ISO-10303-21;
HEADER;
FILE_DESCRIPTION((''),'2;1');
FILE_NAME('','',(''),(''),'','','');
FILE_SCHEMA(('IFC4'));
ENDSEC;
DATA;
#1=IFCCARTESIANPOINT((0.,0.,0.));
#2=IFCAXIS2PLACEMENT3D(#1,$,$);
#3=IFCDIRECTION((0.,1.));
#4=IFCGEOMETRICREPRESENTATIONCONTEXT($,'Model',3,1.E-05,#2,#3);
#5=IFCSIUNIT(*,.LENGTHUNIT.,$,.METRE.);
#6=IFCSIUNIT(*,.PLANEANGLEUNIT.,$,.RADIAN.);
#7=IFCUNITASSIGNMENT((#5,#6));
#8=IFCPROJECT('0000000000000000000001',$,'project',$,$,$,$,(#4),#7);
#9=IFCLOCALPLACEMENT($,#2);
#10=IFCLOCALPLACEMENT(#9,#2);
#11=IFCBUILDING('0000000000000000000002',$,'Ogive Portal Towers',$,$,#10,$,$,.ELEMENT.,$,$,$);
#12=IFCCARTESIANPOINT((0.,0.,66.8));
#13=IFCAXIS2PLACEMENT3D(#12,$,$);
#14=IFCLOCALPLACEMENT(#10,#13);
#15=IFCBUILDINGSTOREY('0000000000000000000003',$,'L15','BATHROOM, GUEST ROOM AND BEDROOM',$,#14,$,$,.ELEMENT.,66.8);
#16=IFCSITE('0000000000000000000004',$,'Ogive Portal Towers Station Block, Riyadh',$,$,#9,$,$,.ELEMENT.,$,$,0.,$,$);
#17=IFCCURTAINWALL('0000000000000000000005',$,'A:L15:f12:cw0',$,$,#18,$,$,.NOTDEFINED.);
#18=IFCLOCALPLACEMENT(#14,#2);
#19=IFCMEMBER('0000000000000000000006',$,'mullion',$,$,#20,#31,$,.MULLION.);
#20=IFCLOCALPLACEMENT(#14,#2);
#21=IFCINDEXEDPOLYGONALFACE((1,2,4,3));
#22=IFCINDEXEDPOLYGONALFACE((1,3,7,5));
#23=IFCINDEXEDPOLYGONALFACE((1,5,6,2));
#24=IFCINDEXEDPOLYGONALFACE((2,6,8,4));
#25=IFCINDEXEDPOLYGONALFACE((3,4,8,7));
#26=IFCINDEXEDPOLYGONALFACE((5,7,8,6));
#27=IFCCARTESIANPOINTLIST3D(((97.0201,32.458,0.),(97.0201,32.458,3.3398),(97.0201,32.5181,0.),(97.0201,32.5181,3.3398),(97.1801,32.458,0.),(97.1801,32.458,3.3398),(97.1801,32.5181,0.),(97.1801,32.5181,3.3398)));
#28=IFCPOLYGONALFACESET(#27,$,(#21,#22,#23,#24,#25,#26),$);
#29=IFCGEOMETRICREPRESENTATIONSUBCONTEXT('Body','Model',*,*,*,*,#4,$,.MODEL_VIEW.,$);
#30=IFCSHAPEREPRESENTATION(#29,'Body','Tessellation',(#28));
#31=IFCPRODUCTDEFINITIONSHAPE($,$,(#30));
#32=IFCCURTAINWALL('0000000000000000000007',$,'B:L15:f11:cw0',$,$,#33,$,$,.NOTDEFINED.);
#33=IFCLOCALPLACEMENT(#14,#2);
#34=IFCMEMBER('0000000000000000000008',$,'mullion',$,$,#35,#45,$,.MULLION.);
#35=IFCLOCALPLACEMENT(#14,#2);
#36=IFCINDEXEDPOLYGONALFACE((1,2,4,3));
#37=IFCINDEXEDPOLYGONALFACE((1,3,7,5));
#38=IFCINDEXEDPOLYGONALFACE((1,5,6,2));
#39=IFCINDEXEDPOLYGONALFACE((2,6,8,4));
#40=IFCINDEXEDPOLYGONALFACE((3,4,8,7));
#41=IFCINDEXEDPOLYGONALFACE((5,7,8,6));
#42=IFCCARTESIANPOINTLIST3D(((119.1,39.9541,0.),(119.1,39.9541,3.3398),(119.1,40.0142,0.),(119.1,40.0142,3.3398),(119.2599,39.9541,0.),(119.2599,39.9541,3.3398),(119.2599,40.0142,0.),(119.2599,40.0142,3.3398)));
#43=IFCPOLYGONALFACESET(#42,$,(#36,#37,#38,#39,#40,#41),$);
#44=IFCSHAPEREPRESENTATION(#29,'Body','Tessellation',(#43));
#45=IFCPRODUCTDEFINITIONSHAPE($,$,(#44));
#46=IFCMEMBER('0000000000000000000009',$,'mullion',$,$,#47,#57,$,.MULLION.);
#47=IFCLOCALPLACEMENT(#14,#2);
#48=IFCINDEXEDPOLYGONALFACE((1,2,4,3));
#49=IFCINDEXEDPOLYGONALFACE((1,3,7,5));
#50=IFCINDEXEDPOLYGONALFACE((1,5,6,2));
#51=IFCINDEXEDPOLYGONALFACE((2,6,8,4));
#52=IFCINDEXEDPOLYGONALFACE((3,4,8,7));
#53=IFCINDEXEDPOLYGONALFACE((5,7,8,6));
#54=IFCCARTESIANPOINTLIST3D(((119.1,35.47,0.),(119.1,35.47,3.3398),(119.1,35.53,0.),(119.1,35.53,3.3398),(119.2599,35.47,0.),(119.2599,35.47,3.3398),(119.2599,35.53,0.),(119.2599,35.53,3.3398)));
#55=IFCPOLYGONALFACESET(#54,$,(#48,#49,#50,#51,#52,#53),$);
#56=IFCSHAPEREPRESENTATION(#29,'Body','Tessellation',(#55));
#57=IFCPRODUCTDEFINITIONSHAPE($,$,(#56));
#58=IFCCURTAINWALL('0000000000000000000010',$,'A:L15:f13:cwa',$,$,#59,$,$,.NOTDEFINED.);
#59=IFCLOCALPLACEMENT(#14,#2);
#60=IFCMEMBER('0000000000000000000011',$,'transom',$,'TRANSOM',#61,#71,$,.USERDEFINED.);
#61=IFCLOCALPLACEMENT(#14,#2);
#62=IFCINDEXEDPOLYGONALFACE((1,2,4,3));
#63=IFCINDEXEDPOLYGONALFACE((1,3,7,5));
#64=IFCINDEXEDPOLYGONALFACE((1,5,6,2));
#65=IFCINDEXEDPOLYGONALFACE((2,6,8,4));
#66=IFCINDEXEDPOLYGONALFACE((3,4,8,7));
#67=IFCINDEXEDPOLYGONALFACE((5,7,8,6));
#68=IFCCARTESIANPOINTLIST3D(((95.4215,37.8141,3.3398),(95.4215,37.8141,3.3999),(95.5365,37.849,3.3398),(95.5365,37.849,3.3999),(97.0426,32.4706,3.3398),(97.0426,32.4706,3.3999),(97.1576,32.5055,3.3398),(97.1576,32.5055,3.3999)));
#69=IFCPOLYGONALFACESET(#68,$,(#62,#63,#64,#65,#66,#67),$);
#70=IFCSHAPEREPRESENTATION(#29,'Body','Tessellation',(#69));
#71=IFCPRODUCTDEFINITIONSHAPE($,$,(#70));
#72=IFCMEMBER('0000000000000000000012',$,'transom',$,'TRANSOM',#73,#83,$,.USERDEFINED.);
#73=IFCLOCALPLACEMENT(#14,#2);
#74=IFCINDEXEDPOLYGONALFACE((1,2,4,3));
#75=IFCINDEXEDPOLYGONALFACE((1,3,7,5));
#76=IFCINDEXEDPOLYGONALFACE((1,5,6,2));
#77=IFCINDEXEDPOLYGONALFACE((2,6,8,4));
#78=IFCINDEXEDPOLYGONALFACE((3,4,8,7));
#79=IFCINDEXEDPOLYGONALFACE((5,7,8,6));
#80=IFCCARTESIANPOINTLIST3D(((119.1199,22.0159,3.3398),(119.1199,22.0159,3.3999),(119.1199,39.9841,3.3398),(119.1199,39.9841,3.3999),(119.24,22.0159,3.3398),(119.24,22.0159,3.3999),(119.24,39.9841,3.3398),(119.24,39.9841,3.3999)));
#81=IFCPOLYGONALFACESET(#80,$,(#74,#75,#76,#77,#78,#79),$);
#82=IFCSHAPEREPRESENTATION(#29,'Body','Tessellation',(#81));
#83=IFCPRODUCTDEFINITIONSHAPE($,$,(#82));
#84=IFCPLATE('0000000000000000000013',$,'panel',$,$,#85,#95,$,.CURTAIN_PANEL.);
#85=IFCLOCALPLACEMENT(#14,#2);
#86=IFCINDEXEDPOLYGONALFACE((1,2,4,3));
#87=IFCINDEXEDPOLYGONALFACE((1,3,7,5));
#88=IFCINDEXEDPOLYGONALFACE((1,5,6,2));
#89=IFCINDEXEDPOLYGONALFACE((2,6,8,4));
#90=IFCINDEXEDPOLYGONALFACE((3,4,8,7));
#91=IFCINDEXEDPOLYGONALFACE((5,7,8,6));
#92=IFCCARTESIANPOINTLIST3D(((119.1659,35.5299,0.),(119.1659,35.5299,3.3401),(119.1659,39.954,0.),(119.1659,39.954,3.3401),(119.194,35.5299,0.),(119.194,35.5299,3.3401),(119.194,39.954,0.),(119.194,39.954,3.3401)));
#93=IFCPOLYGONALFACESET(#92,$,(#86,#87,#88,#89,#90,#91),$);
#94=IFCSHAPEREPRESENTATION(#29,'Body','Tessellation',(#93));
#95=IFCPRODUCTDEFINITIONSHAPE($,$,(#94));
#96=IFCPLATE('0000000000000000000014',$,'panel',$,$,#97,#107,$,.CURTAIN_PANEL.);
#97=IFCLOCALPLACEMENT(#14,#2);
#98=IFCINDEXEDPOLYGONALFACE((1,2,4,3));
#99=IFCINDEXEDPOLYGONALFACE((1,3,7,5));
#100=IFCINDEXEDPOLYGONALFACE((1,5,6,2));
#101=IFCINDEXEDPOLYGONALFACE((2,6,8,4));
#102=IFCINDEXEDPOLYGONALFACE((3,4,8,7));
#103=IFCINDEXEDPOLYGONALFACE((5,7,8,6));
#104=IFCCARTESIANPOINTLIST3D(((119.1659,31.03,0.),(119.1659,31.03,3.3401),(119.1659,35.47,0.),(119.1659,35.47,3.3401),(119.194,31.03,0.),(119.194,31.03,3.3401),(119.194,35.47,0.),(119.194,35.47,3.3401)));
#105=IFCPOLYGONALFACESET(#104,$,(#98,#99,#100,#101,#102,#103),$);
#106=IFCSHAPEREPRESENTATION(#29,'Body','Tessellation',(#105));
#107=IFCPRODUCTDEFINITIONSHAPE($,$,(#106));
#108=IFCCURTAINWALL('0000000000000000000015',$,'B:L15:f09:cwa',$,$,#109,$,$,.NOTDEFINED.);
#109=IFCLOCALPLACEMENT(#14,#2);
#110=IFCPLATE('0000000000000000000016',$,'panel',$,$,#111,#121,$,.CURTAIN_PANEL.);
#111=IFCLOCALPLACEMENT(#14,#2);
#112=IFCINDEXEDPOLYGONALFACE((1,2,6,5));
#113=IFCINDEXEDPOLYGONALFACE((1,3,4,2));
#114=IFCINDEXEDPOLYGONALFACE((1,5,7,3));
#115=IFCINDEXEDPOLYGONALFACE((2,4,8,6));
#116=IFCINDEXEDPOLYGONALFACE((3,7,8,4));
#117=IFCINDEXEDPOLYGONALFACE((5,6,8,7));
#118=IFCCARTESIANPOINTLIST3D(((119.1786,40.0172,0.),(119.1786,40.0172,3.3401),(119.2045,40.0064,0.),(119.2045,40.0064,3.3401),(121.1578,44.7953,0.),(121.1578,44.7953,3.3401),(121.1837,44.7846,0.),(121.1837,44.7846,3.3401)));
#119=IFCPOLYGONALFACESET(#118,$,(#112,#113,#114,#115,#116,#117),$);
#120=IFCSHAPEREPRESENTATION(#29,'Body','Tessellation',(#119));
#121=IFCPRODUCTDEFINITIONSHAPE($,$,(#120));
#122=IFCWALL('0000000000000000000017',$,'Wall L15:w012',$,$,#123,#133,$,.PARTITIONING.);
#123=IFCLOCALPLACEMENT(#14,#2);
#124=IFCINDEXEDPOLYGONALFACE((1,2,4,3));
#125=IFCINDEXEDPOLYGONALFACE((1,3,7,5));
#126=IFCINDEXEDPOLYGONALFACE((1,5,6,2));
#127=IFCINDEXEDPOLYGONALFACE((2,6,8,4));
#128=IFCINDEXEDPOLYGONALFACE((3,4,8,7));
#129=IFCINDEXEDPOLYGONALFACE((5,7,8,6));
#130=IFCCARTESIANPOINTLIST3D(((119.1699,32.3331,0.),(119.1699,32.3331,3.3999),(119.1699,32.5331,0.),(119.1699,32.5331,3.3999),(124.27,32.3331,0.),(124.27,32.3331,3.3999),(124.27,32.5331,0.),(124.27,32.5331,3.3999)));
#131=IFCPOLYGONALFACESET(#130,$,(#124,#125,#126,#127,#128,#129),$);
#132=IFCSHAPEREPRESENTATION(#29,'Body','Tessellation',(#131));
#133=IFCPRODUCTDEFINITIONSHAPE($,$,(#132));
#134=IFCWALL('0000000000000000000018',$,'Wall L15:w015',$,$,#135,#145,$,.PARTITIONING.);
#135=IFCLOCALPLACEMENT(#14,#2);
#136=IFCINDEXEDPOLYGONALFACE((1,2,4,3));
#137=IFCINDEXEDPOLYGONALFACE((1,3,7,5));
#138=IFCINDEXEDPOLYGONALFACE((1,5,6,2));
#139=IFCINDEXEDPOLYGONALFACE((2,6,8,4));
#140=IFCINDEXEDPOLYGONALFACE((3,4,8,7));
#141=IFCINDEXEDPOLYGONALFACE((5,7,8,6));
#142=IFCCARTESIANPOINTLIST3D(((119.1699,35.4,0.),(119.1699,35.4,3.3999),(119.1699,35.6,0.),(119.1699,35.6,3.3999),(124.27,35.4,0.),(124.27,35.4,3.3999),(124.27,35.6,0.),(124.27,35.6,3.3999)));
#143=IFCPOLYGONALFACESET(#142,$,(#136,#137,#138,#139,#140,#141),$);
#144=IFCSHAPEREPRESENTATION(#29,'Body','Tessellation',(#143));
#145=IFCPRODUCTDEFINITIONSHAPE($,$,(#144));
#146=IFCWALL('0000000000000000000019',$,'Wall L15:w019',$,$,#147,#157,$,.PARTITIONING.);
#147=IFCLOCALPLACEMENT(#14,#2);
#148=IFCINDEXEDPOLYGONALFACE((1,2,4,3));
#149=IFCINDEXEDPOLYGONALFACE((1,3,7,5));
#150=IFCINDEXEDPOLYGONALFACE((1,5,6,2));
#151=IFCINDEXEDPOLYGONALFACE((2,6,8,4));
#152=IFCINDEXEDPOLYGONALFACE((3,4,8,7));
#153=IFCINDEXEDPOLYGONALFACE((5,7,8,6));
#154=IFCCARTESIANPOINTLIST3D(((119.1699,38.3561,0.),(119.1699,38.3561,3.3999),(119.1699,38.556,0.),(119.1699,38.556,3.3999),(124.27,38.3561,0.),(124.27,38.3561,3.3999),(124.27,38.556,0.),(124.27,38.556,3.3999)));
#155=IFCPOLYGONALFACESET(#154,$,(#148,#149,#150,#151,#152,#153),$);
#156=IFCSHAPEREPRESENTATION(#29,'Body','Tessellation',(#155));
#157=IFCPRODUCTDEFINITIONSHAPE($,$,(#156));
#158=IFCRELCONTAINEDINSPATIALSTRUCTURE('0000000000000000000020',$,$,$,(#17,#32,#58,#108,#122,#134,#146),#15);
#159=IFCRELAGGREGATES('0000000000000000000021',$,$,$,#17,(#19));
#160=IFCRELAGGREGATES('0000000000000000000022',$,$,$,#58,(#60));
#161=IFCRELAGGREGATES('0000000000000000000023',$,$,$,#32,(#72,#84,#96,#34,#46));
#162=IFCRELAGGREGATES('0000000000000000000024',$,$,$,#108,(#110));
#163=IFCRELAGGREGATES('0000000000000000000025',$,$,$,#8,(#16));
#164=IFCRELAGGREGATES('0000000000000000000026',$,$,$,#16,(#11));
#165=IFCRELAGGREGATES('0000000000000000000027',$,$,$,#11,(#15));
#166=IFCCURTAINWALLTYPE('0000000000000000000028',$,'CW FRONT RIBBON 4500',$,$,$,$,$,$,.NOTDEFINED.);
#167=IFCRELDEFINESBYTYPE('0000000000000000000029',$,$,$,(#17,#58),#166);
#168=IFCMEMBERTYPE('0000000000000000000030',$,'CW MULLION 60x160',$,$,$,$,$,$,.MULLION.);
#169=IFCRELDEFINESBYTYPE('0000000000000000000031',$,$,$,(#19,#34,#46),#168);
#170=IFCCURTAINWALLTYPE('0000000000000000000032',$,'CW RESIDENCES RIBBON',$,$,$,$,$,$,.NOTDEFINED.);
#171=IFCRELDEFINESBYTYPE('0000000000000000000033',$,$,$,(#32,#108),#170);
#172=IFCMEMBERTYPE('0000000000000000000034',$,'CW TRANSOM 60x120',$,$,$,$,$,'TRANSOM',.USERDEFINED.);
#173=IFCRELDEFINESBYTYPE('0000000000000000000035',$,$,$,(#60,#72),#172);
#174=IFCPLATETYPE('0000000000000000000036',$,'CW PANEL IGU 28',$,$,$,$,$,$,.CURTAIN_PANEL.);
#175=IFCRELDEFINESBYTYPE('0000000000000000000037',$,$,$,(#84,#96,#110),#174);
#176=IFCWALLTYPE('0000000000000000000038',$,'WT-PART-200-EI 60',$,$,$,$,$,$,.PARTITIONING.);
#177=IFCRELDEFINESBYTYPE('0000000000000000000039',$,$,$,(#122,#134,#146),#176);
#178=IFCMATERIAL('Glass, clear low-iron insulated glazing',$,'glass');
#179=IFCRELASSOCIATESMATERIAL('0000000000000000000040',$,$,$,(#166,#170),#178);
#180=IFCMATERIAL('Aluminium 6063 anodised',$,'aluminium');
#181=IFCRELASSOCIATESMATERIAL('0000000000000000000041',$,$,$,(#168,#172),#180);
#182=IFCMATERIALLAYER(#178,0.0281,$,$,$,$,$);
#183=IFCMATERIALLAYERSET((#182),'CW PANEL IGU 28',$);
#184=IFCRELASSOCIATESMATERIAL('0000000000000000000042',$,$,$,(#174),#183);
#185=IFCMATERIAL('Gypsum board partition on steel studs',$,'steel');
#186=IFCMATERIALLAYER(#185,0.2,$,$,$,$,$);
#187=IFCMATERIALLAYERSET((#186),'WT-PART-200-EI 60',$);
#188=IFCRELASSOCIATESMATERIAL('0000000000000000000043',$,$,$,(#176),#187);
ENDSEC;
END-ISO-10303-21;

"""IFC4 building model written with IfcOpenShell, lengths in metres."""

from ifc_helpers import new_model, si_unit, direction, frame, frame_2d, origin, origin_2d, place, context, subcontext, project, spatial, rectangle, extrude, material, layer, layer_set, material_profile, profile_set, type_object, element, aggregate, save


model = new_model("IFC4")

# Units and contexts
model_context = context("Model", 3, precision=1e-05, world=origin(), true_north=direction((0.0, 1.0)))
body_context = subcontext(model_context, "Body", "Model", "MODEL_VIEW")
ifc_project = project(units=[si_unit("LENGTHUNIT", "METRE"), si_unit("PLANEANGLEUNIT", "RADIAN")], contexts=[model_context])

# Site, building, storey
site_placement = place(None, origin())
site = spatial("IfcSite", under=ifc_project, at=site_placement, Name="Ogive Portal Towers Station Block, Riyadh", CompositionType="ELEMENT", RefElevation=0.0)
building_placement = place(site_placement, origin())
building = spatial("IfcBuilding", under=site, at=building_placement, Name="Ogive Portal Towers", CompositionType="ELEMENT")
storey_placement = place(building_placement, frame((0.0, 0.0, 66.8)))
storey = spatial("IfcBuildingStorey", under=building, at=storey_placement, Name="L15", Description="BATHROOM, GUEST ROOM AND BEDROOM", CompositionType="ELEMENT", Elevation=66.8)

# Curtain wall, member
ifc_material_1 = material(Name="Glass, clear low-iron insulated glazing", Category="glass")
curtain_wall_type_1 = type_object("IfcCurtainWallType", Name="CW FRONT RIBBON 4500", PredefinedType="NOTDEFINED", material=ifc_material_1)
curtain_wall_1_placement = place(storey_placement, origin())
curtain_wall_1 = element("IfcCurtainWall", 1, at=curtain_wall_1_placement, inside=storey, type_object=curtain_wall_type_1, Name="A:L15:f12:cw0", PredefinedType="NOTDEFINED")
ifc_material_2 = material(Name="Aluminium 6063 anodised", Category="aluminium")
ifc_material_profile_1 = material_profile(ifc_material_2, rectangle(XDim=0.1599, YDim=0.0601, at=origin_2d()), Name="AL 60x160")
ifc_profile_set_1 = profile_set([ifc_material_profile_1], Name="Aluminium 6063 anodised")
member_type_1 = type_object("IfcMemberType", Name="CW MULLION 60x160", PredefinedType="MULLION", material=ifc_profile_set_1)
member_1_placement = place(storey_placement, frame((97.1001, 32.488, 0.0), z_axis=(0.0, 0.0, 1.0), x_axis=(-1.0, 0.0, 0.0)))
member_1 = element("IfcMember", 2, at=member_1_placement, type_object=member_type_1, Name="mullion", PredefinedType="MULLION", context=body_context, shape_type="SweptSolid", body=[
    extrude(rectangle(XDim=0.1599, YDim=0.0601, at=origin_2d()), origin(), (0.0, 0.0, 1.0), 3.3398),
])
aggregate(curtain_wall_1, [member_1])

# Curtain wall, members
curtain_wall_type_2 = type_object("IfcCurtainWallType", Name="CW RESIDENCES RIBBON", PredefinedType="NOTDEFINED", material=ifc_material_1)
curtain_wall_2_placement = place(storey_placement, origin())
curtain_wall_2 = element("IfcCurtainWall", 3, at=curtain_wall_2_placement, inside=storey, type_object=curtain_wall_type_2, Name="B:L15:f11:cw0", PredefinedType="NOTDEFINED")
member_2_placement = place(storey_placement, frame((119.1799, 39.9841, 0.0), z_axis=(0.0, 0.0, 1.0), x_axis=(1.0, 0.0, 0.0)))
member_2 = element("IfcMember", 4, at=member_2_placement, type_object=member_type_1, Name="mullion", PredefinedType="MULLION", context=body_context, shape_type="SweptSolid", body=[
    extrude(rectangle(XDim=0.1599, YDim=0.0601, at=origin_2d()), origin(), (0.0, 0.0, 1.0), 3.3398),
])
member_3_placement = place(storey_placement, frame((119.1799, 35.5, 0.0), z_axis=(0.0, 0.0, 1.0), x_axis=(1.0, 0.0, 0.0)))
member_3 = element("IfcMember", 5, at=member_3_placement, type_object=member_type_1, Name="mullion", PredefinedType="MULLION", context=body_context, shape_type="SweptSolid", body=[
    extrude(rectangle(XDim=0.1599, YDim=0.0601, at=origin_2d()), origin(), (0.0, 0.0, 1.0), 3.3398),
])

# Curtain wall, member
curtain_wall_3_placement = place(storey_placement, origin())
curtain_wall_3 = element("IfcCurtainWall", 6, at=curtain_wall_3_placement, inside=storey, type_object=curtain_wall_type_1, Name="A:L15:f13:cwa", PredefinedType="NOTDEFINED")
ifc_material_profile_2 = material_profile(ifc_material_2, rectangle(XDim=0.1201, YDim=0.0601, at=origin_2d()), Name="AL 120x60")
ifc_profile_set_2 = profile_set([ifc_material_profile_2], Name="Aluminium 6063 anodised")
member_type_2 = type_object("IfcMemberType", Name="CW TRANSOM 60x120", ElementType="TRANSOM", PredefinedType="USERDEFINED", material=ifc_profile_set_2)
member_4_placement = place(storey_placement, frame((97.1001, 32.488, 3.3699), z_axis=(-0.290311, 0.956932, 0.0), x_axis=(-0.956932, -0.290311, 0.0)))
member_4 = element("IfcMember", 7, at=member_4_placement, type_object=member_type_2, Name="transom", ObjectType="TRANSOM", PredefinedType="USERDEFINED", context=body_context, shape_type="SweptSolid", body=[
    extrude(rectangle(XDim=0.1201, YDim=0.0601, at=origin_2d()), origin(), (0.0, 0.0, 1.0), 5.584),
])
aggregate(curtain_wall_3, [member_4])

# Member
member_5_placement = place(storey_placement, frame((119.1799, 39.9841, 3.3699), z_axis=(0.0, -1.0, 0.0), x_axis=(1.0, 0.0, 0.0)))
member_5 = element("IfcMember", 8, at=member_5_placement, type_object=member_type_2, Name="transom", ObjectType="TRANSOM", PredefinedType="USERDEFINED", context=body_context, shape_type="SweptSolid", body=[
    extrude(rectangle(XDim=0.1201, YDim=0.0601, at=origin_2d()), origin(), (0.0, 0.0, 1.0), 17.9683),
])

# Plates
ifc_layer_1 = layer(ifc_material_1, 0.0281)
ifc_layer_set_1 = layer_set([ifc_layer_1], Name="CW PANEL IGU 28")
plate_type = type_object("IfcPlateType", Name="CW PANEL IGU 28", PredefinedType="CURTAIN_PANEL", material=ifc_layer_set_1)
plate_1_placement = place(storey_placement, frame((119.1799, 37.7419, 0.0), z_axis=(0.0, 0.0, 1.0), x_axis=(0.0, -1.0, 0.0)))
plate_1 = element("IfcPlate", 9, at=plate_1_placement, type_object=plate_type, Name="panel", PredefinedType="CURTAIN_PANEL", context=body_context, shape_type="SweptSolid", body=[
    extrude(rectangle(XDim=4.4241, YDim=0.0281, at=origin_2d()), origin(), (0.0, 0.0, 1.0), 3.3401),
])
plate_2_placement = place(storey_placement, frame((119.1799, 33.25, 0.0), z_axis=(0.0, 0.0, 1.0), x_axis=(0.0, -1.0, 0.0)))
plate_2 = element("IfcPlate", 10, at=plate_2_placement, type_object=plate_type, Name="panel", PredefinedType="CURTAIN_PANEL", context=body_context, shape_type="SweptSolid", body=[
    extrude(rectangle(XDim=4.4399, YDim=0.0281, at=origin_2d()), origin(), (0.0, 0.0, 1.0), 3.3401),
])
aggregate(curtain_wall_2, [member_5, plate_1, plate_2, member_2, member_3])

# Curtain wall, plate
curtain_wall_4_placement = place(storey_placement, origin())
curtain_wall_4 = element("IfcCurtainWall", 11, at=curtain_wall_4_placement, inside=storey, type_object=curtain_wall_type_2, Name="B:L15:f09:cwa", PredefinedType="NOTDEFINED")
plate_3_placement = place(storey_placement, frame((120.1812, 42.4009, 0.0), z_axis=(0.0, 0.0, 1.0), x_axis=(-0.382683, -0.92388, 0.0)))
plate_3 = element("IfcPlate", 12, at=plate_3_placement, type_object=plate_type, Name="panel", PredefinedType="CURTAIN_PANEL", context=body_context, shape_type="SweptSolid", body=[
    extrude(rectangle(XDim=5.1719, YDim=0.0281, at=origin_2d()), origin(), (0.0, 0.0, 1.0), 3.3401),
])
aggregate(curtain_wall_4, [plate_3])

# Walls
ifc_material_3 = material(Name="Gypsum board partition on steel studs", Category="steel")
ifc_layer_2 = layer(ifc_material_3, 0.2)
ifc_layer_set_2 = layer_set([ifc_layer_2], Name="WT-PART-200-EI 60")
wall_type = type_object("IfcWallType", Name="WT-PART-200-EI 60", PredefinedType="PARTITIONING", material=ifc_layer_set_2)
for number, where, z_axis, x_axis, name in (
    (13, (119.1699, 32.4331, 0.0), (0.0, 0.0, 1.0), (1.0, 0.0, 0.0), "Wall L15:w012"),
    (14, (119.1699, 35.5, 0.0), (0.0, 0.0, 1.0), (1.0, 0.0, 0.0), "Wall L15:w015"),
    (15, (119.1699, 38.4561, 0.0), (0.0, 0.0, 1.0), (1.0, 0.0, 0.0), "Wall L15:w019"),
):
    element("IfcWall", number, at=place(storey_placement, frame(where, z_axis=z_axis, x_axis=x_axis)), inside=storey, type_object=wall_type, Name=name, PredefinedType="PARTITIONING", context=body_context, shape_type="SweptSolid", body=[
        extrude(rectangle(XDim=5.1001, YDim=0.2, at=frame_2d((2.55, 0.0))), origin(), (0.0, 0.0, 1.0), 3.3999),
    ])

save(model, "model.ifc")
